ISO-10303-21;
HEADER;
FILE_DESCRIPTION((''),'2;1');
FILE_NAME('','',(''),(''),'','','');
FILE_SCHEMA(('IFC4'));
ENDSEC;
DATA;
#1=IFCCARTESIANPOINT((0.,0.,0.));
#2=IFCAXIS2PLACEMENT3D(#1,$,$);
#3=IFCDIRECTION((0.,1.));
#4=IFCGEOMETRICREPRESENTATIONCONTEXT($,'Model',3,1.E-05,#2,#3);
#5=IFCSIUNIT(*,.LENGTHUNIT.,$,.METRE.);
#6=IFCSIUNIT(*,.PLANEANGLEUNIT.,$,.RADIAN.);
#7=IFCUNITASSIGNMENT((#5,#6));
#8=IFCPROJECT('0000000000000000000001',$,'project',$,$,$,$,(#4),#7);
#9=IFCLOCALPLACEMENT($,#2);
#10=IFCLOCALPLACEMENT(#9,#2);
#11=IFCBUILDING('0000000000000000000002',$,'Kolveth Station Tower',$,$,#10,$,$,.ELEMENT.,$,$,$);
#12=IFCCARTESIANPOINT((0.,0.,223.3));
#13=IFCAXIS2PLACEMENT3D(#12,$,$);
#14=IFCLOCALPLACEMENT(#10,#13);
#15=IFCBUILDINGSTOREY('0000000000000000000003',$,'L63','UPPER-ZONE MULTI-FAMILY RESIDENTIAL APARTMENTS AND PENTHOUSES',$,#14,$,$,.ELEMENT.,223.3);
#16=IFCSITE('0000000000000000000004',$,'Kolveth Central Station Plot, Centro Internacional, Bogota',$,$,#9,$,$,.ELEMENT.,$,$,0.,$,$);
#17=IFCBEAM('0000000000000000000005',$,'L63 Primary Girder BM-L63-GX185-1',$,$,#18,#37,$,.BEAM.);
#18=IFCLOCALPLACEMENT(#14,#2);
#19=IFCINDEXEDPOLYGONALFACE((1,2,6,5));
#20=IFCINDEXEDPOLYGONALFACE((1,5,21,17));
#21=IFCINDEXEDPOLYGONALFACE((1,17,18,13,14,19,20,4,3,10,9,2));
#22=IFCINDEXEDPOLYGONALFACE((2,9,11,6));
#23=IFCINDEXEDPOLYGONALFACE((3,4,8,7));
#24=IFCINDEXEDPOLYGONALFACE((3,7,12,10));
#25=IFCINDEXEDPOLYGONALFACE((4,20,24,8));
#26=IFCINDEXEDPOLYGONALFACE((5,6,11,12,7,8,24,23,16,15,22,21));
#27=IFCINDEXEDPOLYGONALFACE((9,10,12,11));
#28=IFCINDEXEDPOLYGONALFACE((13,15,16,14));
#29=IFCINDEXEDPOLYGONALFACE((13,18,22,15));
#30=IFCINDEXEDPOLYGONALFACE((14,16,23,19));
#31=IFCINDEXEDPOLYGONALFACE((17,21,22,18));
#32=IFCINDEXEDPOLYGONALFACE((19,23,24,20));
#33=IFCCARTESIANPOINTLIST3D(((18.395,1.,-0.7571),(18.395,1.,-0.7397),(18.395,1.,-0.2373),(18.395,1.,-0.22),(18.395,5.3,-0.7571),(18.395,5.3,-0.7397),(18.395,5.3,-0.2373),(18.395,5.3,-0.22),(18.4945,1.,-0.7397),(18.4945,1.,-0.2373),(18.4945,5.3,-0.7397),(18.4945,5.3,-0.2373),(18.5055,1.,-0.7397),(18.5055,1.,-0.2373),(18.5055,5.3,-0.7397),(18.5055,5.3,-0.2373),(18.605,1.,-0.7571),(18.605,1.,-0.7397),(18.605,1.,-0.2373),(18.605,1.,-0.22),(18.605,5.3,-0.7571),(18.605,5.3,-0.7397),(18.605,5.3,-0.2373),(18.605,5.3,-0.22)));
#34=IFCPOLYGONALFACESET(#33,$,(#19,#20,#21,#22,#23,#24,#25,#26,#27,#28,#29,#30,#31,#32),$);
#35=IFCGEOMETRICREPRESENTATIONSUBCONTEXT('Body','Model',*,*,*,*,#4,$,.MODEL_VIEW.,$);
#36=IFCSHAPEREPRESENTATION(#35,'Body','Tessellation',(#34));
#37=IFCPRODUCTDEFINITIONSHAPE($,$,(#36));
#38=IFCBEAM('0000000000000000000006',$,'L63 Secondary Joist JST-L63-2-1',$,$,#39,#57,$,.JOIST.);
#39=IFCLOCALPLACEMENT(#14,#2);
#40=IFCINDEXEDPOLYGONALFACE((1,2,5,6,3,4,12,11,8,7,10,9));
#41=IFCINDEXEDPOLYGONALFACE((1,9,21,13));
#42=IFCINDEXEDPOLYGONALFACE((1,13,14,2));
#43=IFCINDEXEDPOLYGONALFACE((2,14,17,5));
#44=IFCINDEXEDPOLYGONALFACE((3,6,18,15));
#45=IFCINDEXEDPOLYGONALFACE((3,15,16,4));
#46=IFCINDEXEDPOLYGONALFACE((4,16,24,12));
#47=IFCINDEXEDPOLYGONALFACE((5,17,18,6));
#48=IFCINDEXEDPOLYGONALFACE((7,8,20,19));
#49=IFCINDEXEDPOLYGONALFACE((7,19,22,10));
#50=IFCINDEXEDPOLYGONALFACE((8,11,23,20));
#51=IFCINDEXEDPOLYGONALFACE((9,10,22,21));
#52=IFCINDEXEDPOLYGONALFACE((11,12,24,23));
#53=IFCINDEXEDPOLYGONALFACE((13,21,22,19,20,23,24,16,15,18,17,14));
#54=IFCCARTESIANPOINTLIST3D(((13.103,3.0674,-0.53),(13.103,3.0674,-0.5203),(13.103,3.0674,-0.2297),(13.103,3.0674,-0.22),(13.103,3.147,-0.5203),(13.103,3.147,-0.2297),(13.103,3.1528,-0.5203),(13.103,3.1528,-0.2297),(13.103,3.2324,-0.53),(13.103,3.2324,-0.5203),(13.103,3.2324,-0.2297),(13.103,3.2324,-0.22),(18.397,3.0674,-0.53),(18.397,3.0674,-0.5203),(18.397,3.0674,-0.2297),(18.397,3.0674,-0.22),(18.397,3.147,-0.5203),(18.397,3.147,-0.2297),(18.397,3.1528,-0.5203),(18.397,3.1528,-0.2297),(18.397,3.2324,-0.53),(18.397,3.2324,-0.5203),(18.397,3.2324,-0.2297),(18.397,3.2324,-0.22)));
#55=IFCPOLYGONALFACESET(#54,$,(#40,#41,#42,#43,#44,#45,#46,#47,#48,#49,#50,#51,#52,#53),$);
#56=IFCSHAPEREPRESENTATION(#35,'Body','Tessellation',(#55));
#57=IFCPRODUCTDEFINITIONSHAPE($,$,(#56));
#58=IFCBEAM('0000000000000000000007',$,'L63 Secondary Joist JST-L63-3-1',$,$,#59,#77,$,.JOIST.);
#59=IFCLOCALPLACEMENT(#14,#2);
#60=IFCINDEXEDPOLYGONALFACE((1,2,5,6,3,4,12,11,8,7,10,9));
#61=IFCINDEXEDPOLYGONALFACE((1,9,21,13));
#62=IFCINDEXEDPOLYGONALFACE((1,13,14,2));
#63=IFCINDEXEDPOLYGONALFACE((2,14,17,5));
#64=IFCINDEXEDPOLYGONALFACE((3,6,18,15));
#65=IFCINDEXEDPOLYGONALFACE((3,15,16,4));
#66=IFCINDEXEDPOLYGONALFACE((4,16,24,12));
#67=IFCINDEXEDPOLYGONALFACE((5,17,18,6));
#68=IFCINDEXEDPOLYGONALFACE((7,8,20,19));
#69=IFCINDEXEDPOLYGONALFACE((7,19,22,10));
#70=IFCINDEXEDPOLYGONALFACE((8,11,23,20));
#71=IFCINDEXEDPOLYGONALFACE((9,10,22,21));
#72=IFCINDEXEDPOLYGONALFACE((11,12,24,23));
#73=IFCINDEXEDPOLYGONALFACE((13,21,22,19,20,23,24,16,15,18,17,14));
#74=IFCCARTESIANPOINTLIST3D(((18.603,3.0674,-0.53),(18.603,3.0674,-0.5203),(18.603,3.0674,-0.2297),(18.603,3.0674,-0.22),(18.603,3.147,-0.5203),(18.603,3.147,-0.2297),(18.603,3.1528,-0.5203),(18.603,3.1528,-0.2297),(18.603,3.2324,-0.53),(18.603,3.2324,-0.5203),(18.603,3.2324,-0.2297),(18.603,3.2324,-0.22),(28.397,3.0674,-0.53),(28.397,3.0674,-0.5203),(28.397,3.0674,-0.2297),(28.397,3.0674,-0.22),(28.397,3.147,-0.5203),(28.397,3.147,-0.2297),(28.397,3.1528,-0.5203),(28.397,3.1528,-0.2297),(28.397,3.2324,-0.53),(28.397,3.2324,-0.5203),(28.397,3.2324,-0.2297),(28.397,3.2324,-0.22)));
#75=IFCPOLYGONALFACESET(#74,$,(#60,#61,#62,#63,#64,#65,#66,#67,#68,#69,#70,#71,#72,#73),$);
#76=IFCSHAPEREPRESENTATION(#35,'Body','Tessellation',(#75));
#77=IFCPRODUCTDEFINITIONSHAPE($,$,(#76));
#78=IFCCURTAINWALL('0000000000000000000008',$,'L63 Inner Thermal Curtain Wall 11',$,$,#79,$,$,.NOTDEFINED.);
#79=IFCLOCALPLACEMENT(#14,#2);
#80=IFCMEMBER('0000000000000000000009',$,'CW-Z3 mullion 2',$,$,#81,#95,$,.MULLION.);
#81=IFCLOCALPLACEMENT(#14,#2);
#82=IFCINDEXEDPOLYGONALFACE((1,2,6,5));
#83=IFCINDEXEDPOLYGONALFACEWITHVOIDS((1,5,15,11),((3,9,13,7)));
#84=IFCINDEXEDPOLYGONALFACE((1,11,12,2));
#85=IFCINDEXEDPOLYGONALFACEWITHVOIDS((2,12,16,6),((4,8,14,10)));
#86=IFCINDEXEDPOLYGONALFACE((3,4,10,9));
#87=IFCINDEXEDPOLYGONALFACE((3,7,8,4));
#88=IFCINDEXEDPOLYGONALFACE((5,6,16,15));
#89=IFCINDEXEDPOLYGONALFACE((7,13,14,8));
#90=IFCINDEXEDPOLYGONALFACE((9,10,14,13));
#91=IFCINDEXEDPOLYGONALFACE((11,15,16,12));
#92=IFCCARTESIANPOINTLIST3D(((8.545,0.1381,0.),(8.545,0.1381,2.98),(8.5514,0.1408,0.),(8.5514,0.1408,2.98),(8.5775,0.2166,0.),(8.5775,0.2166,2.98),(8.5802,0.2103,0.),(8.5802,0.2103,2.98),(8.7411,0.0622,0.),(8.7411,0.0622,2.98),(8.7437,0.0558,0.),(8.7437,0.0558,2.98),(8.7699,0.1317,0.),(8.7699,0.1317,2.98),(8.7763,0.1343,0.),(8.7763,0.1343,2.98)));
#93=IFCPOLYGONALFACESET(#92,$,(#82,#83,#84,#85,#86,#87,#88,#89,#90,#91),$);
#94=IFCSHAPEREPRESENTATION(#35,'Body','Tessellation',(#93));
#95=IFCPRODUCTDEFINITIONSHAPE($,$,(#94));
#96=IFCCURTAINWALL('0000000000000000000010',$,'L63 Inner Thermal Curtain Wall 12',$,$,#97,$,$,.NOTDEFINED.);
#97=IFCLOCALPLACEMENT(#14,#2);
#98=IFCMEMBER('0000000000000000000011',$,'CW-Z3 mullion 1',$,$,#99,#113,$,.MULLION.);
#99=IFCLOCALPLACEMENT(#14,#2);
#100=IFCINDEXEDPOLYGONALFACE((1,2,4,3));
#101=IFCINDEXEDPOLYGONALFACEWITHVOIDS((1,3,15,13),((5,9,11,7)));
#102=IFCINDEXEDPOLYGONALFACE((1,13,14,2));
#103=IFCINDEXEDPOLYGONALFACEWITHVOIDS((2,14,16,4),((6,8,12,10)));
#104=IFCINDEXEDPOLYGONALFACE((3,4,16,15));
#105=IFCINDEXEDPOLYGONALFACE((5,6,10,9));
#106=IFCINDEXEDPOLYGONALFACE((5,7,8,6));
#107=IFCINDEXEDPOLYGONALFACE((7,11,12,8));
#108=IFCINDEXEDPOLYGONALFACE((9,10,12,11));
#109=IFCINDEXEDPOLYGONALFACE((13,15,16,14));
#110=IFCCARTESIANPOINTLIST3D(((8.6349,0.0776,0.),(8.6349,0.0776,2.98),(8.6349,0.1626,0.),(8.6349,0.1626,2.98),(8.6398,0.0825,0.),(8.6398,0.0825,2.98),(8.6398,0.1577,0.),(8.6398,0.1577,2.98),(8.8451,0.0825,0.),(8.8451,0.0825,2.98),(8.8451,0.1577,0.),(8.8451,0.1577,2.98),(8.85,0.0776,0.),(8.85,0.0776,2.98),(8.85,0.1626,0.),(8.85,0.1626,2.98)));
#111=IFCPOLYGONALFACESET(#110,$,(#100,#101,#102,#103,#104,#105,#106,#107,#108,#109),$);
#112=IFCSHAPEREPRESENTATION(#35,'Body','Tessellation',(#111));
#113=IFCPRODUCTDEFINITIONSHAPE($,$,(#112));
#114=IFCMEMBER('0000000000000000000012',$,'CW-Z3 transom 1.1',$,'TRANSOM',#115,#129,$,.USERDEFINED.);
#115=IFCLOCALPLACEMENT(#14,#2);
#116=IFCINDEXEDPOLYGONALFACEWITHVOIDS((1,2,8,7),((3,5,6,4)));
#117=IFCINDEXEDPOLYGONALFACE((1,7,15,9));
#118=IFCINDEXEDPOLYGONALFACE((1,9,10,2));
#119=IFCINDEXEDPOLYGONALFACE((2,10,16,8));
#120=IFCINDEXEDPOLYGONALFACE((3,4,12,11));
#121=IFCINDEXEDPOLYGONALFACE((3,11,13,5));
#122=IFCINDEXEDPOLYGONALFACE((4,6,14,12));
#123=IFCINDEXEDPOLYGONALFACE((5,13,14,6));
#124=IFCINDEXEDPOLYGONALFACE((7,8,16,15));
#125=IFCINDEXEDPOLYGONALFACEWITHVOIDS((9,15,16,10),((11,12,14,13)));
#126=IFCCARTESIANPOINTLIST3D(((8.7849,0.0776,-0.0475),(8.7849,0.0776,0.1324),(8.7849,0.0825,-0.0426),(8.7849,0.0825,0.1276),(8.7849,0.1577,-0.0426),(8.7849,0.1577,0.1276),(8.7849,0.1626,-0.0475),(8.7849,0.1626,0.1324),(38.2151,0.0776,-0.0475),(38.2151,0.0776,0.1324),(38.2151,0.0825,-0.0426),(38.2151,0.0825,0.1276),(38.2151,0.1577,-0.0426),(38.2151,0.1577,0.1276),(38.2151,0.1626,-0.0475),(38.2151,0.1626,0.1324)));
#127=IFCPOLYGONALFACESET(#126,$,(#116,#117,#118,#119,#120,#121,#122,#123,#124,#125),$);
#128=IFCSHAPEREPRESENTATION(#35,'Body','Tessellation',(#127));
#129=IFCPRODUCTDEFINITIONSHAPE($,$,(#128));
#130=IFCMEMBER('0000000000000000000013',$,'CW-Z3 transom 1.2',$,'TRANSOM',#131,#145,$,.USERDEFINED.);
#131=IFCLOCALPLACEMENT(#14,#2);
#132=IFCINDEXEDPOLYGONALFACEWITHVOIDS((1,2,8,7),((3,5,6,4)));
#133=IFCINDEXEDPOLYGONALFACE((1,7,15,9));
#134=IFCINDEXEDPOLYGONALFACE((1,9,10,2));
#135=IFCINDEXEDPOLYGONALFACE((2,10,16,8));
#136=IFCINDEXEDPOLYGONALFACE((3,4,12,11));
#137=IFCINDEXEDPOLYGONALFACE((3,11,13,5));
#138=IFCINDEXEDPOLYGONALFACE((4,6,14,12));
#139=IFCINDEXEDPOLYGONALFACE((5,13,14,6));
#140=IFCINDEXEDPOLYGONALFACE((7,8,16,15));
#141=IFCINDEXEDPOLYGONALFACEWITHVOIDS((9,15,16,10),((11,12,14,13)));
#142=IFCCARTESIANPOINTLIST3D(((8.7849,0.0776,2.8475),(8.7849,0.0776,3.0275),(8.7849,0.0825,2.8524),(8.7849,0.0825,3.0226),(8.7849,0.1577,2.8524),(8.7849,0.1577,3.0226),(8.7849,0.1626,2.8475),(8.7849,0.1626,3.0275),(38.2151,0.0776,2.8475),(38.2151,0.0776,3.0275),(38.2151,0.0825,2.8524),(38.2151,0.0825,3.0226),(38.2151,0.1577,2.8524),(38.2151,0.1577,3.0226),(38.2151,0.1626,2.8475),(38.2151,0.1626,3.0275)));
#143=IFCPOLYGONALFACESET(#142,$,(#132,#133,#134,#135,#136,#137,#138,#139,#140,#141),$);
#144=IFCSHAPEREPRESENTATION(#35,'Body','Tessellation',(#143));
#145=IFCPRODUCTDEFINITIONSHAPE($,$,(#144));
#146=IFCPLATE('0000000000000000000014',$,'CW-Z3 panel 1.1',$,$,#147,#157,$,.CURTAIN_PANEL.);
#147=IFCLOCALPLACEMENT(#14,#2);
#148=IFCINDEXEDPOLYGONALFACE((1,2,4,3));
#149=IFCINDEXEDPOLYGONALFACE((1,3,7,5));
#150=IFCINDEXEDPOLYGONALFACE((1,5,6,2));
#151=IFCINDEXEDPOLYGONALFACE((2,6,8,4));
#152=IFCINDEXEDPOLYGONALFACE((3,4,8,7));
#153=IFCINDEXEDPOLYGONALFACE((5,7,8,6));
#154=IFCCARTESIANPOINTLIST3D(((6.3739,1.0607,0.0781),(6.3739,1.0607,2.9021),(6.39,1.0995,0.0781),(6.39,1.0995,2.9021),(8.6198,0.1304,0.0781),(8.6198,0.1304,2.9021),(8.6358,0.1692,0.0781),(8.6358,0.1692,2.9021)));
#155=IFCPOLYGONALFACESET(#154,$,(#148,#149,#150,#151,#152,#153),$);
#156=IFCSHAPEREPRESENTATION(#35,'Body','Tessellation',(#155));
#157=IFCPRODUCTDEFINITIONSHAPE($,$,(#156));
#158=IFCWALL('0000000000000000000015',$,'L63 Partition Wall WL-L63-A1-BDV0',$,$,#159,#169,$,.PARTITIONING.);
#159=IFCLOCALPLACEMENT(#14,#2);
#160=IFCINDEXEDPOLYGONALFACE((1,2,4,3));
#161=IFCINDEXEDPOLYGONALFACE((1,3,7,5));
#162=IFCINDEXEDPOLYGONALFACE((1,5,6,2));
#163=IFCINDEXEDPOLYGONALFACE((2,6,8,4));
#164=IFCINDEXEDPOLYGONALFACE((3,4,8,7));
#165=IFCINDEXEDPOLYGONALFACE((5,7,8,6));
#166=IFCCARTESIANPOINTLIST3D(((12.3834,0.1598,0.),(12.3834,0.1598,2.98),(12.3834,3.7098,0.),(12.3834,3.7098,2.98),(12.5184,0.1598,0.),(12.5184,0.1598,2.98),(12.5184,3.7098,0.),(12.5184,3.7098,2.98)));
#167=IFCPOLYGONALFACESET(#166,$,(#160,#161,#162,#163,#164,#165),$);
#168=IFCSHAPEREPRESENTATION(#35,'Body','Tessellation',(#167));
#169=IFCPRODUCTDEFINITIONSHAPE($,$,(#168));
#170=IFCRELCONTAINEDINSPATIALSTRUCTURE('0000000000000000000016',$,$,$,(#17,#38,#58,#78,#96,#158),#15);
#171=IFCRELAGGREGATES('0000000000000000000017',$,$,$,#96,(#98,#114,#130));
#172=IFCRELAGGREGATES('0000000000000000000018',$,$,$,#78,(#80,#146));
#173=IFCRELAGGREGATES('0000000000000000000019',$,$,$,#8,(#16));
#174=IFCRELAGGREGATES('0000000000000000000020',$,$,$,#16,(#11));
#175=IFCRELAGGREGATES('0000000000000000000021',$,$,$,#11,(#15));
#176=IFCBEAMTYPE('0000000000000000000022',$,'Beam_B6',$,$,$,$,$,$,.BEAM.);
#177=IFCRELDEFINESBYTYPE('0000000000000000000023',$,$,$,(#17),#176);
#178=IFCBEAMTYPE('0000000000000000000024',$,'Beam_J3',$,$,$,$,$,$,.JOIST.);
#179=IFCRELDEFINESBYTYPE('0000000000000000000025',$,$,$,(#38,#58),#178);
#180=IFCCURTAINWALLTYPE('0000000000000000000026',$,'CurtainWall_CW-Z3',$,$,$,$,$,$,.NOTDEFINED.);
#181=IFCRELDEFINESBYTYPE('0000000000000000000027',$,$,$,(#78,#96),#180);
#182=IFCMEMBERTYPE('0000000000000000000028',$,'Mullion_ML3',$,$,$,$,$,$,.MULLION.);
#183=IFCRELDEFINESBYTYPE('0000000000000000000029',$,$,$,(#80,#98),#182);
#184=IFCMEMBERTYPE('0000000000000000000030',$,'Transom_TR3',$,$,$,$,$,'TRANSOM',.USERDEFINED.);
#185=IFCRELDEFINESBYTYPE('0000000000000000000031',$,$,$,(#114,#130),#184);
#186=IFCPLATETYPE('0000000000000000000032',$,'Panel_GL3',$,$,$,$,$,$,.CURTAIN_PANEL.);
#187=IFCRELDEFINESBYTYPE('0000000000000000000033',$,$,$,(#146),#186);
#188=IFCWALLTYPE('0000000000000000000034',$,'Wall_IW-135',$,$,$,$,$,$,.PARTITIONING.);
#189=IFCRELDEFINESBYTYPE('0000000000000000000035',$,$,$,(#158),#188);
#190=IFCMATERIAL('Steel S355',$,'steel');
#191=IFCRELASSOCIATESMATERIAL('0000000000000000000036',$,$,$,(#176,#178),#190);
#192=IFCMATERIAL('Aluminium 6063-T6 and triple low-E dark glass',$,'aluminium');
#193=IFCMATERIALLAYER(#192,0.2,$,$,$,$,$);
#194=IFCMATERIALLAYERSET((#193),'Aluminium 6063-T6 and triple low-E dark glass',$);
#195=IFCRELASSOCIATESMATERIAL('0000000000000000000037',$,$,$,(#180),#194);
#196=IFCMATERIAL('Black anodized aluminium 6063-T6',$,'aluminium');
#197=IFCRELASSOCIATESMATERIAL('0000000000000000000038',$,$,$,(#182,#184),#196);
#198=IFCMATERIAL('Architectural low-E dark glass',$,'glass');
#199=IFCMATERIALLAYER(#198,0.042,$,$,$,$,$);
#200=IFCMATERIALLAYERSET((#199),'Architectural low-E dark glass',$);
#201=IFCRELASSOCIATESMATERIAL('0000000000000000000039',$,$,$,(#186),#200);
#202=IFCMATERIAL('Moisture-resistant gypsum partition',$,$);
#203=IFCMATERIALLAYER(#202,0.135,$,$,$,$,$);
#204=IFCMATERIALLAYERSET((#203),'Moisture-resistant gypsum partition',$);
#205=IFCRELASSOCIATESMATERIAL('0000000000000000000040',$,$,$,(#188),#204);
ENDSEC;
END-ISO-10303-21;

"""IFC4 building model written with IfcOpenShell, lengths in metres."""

from ifc_helpers import new_model, si_unit, direction, frame, frame_2d, origin, origin_2d, place, context, subcontext, project, spatial, rectangle, hollow_rectangle, i_section, extrude, source, transform, mapped, material, layer, layer_set, material_profile, profile_set, type_object, element, aggregate, save


model = new_model("IFC4")

# Units and contexts
model_context = context("Model", 3, precision=1e-05, world=origin(), true_north=direction((0.0, 1.0)))
body_context = subcontext(model_context, "Body", "Model", "MODEL_VIEW")
ifc_project = project(units=[si_unit("LENGTHUNIT", "METRE"), si_unit("PLANEANGLEUNIT", "RADIAN")], contexts=[model_context])

# Site, building, storey
site_placement = place(None, origin())
site = spatial("IfcSite", under=ifc_project, at=site_placement, Name="Kolveth Central Station Plot, Centro Internacional, Bogota", CompositionType="ELEMENT", RefElevation=0.0)
building_placement = place(site_placement, origin())
building = spatial("IfcBuilding", under=site, at=building_placement, Name="Kolveth Station Tower", CompositionType="ELEMENT")
storey_placement = place(building_placement, frame((0.0, 0.0, 223.3)))
storey = spatial("IfcBuildingStorey", under=building, at=storey_placement, Name="L63", Description="UPPER-ZONE MULTI-FAMILY RESIDENTIAL APARTMENTS AND PENTHOUSES", CompositionType="ELEMENT", Elevation=223.3)

# Shared definitions
ifc_material_1 = material(Name="Steel S355", Category="steel")

# Beams
ifc_material_profile_1 = material_profile(ifc_material_1, i_section(OverallWidth=0.21, OverallDepth=0.5371, WebThickness=0.011, FlangeThickness=0.0173, at=origin_2d()), Name="W530x101")
ifc_profile_set_1 = profile_set([ifc_material_profile_1], Name="Steel S355")
beam_type_1 = type_object("IfcBeamType", Name="Beam_B6", PredefinedType="BEAM", material=ifc_profile_set_1)
shared_shape_1 = source(origin(), body_context, "Body", "SweptSolid", [
    extrude(i_section(OverallWidth=0.21, OverallDepth=0.5371, WebThickness=0.011, FlangeThickness=0.0173, at=origin_2d()), origin(), (0.0, 0.0, 1.0), 4.3),
])
for number, where, z_axis, x_axis, name in (
    (1, (18.5, 1.0, -0.4885), (0.0, 1.0, 0.0), (-1.0, 0.0, 0.0), "L63 Primary Girder BM-L63-GX185-1"),
):
    element("IfcBeam", number, at=place(storey_placement, frame(where, z_axis=z_axis, x_axis=x_axis)), inside=storey, type_object=beam_type_1, Name=name, PredefinedType="BEAM", context=body_context, shape_type="MappedRepresentation", body=[
        mapped(shared_shape_1, transform((0.0, 0.0, 0.0), x_axis=(1.0, 0.0, 0.0), y_axis=(0.0, 1.0, 0.0), z_axis=(0.0, 0.0, 1.0), scale=1.0)),
    ])
ifc_material_profile_2 = material_profile(ifc_material_1, i_section(OverallWidth=0.165, OverallDepth=0.3101, WebThickness=0.0059, FlangeThickness=0.0098, at=origin_2d()), Name="W310x39")
ifc_profile_set_2 = profile_set([ifc_material_profile_2], Name="Steel S355")
beam_type_2 = type_object("IfcBeamType", Name="Beam_J3", PredefinedType="JOIST", material=ifc_profile_set_2)
shared_shape_2 = source(origin(), body_context, "Body", "SweptSolid", [
    extrude(i_section(OverallWidth=0.165, OverallDepth=0.3101, WebThickness=0.0059, FlangeThickness=0.0098, at=origin_2d()), origin(), (0.0, 0.0, 1.0), 5.2939),
])
beam_1_placement = place(storey_placement, frame((13.103, 3.1499, -0.375), z_axis=(1.0, 0.0, 0.0), x_axis=(0.0, 1.0, 0.0)))
element("IfcBeam", 2, at=beam_1_placement, inside=storey, type_object=beam_type_2, Name="L63 Secondary Joist JST-L63-2-1", PredefinedType="JOIST", context=body_context, shape_type="MappedRepresentation", body=[
    mapped(shared_shape_2, transform((0.0, 0.0, 0.0), x_axis=(1.0, 0.0, 0.0), y_axis=(0.0, 1.0, 0.0), z_axis=(0.0, 0.0, 1.0), scale=1.0)),
])
shared_shape_3 = source(origin(), body_context, "Body", "SweptSolid", [
    extrude(i_section(OverallWidth=0.165, OverallDepth=0.3101, WebThickness=0.0059, FlangeThickness=0.0098, at=origin_2d()), origin(), (0.0, 0.0, 1.0), 9.7939),
])
beam_2_placement = place(storey_placement, frame((18.603, 3.1499, -0.375), z_axis=(1.0, 0.0, 0.0), x_axis=(0.0, 1.0, 0.0)))
element("IfcBeam", 3, at=beam_2_placement, inside=storey, type_object=beam_type_2, Name="L63 Secondary Joist JST-L63-3-1", PredefinedType="JOIST", context=body_context, shape_type="MappedRepresentation", body=[
    mapped(shared_shape_3, transform((0.0, 0.0, 0.0), x_axis=(1.0, 0.0, 0.0), y_axis=(0.0, 1.0, 0.0), z_axis=(0.0, 0.0, 1.0), scale=1.0)),
])

# Curtain wall, member
ifc_material_2 = material(Name="Aluminium 6063-T6 and triple low-E dark glass", Category="aluminium")
ifc_layer_1 = layer(ifc_material_2, 0.2)
ifc_layer_set_1 = layer_set([ifc_layer_1], Name="Aluminium 6063-T6 and triple low-E dark glass")
curtain_wall_type = type_object("IfcCurtainWallType", Name="CurtainWall_CW-Z3", PredefinedType="NOTDEFINED", material=ifc_layer_set_1)
curtain_wall_1_placement = place(storey_placement, origin())
curtain_wall_1 = element("IfcCurtainWall", 4, at=curtain_wall_1_placement, inside=storey, type_object=curtain_wall_type, Name="L63 Inner Thermal Curtain Wall 11", PredefinedType="NOTDEFINED")
ifc_material_3 = material(Name="Black anodized aluminium 6063-T6", Category="aluminium")
ifc_material_profile_3 = material_profile(ifc_material_3, hollow_rectangle(XDim=0.085, YDim=0.2151, WallThickness=0.0049, at=origin_2d()), Name="ALU-85x215x5")
ifc_profile_set_3 = profile_set([ifc_material_profile_3], Name="Black anodized aluminium 6063-T6")
member_type_1 = type_object("IfcMemberType", Name="Mullion_ML3", PredefinedType="MULLION", material=ifc_profile_set_3)
shared_shape_4 = source(origin(), body_context, "Body", "SweptSolid", [
    extrude(hollow_rectangle(XDim=0.085, YDim=0.2151, WallThickness=0.0049, at=origin_2d()), origin(), (0.0, 0.0, 1.0), 2.98),
])
member_1_placement = place(storey_placement, frame((8.6606, 0.1362, 0.0), z_axis=(0.0, 0.0, 1.0), x_axis=(0.382693, 0.923875, 0.0)))
member_1 = element("IfcMember", 5, at=member_1_placement, type_object=member_type_1, Name="CW-Z3 mullion 2", PredefinedType="MULLION", context=body_context, shape_type="MappedRepresentation", body=[
    mapped(shared_shape_4, transform((0.0, 0.0, 0.0), x_axis=(1.0, 0.0, 0.0), y_axis=(0.0, 1.0, 0.0), z_axis=(0.0, 0.0, 1.0), scale=1.0)),
])

# Curtain wall, members
curtain_wall_2_placement = place(storey_placement, origin())
curtain_wall_2 = element("IfcCurtainWall", 6, at=curtain_wall_2_placement, inside=storey, type_object=curtain_wall_type, Name="L63 Inner Thermal Curtain Wall 12", PredefinedType="NOTDEFINED")
member_2_placement = place(storey_placement, frame((8.7424, 0.1201, 0.0), z_axis=(0.0, 0.0, 1.0), x_axis=(0.0, 1.0, 0.0)))
member_2 = element("IfcMember", 7, at=member_2_placement, type_object=member_type_1, Name="CW-Z3 mullion 1", PredefinedType="MULLION", context=body_context, shape_type="MappedRepresentation", body=[
    mapped(shared_shape_4, transform((0.0, 0.0, 0.0), x_axis=(1.0, 0.0, 0.0), y_axis=(0.0, 1.0, 0.0), z_axis=(0.0, 0.0, 1.0), scale=1.0)),
])
ifc_material_profile_4 = material_profile(ifc_material_3, hollow_rectangle(XDim=0.085, YDim=0.1799, WallThickness=0.0049, at=origin_2d()), Name="ALU-85x180x5")
ifc_profile_set_4 = profile_set([ifc_material_profile_4], Name="Black anodized aluminium 6063-T6")
member_type_2 = type_object("IfcMemberType", Name="Transom_TR3", ElementType="TRANSOM", PredefinedType="USERDEFINED", material=ifc_profile_set_4)
shared_shape_5 = source(origin(), body_context, "Body", "SweptSolid", [
    extrude(hollow_rectangle(XDim=0.085, YDim=0.1799, WallThickness=0.0049, at=origin_2d()), origin(), (0.0, 0.0, 1.0), 29.4302),
])
member_3_placement = place(storey_placement, frame((8.7849, 0.1201, 0.0425), z_axis=(1.0, 0.0, 0.0), x_axis=(0.0, 1.0, 0.0)))
member_3 = element("IfcMember", 8, at=member_3_placement, type_object=member_type_2, Name="CW-Z3 transom 1.1", ObjectType="TRANSOM", PredefinedType="USERDEFINED", context=body_context, shape_type="MappedRepresentation", body=[
    mapped(shared_shape_5, transform((0.0, 0.0, 0.0), x_axis=(1.0, 0.0, 0.0), y_axis=(0.0, 1.0, 0.0), z_axis=(0.0, 0.0, 1.0), scale=1.0)),
])
member_4_placement = place(storey_placement, frame((8.7849, 0.1201, 2.9375), z_axis=(1.0, 0.0, 0.0), x_axis=(0.0, 1.0, 0.0)))
member_4 = element("IfcMember", 9, at=member_4_placement, type_object=member_type_2, Name="CW-Z3 transom 1.2", ObjectType="TRANSOM", PredefinedType="USERDEFINED", context=body_context, shape_type="MappedRepresentation", body=[
    mapped(shared_shape_5, transform((0.0, 0.0, 0.0), x_axis=(1.0, 0.0, 0.0), y_axis=(0.0, 1.0, 0.0), z_axis=(0.0, 0.0, 1.0), scale=1.0)),
])
aggregate(curtain_wall_2, [member_2, member_3, member_4])

# Plate
ifc_material_4 = material(Name="Architectural low-E dark glass", Category="glass")
ifc_layer_2 = layer(ifc_material_4, 0.042)
ifc_layer_set_2 = layer_set([ifc_layer_2], Name="Architectural low-E dark glass")
plate_type = type_object("IfcPlateType", Name="Panel_GL3", PredefinedType="CURTAIN_PANEL", material=ifc_layer_set_2)
shared_shape_6 = source(origin(), body_context, "Body", "SweptSolid", [
    extrude(rectangle(XDim=2.4309, YDim=0.042, at=origin_2d()), origin(), (0.0, 0.0, 1.0), 2.824),
])
plate_placement = place(storey_placement, frame((7.5049, 0.615, 0.0781), z_axis=(0.0, 0.0, 1.0), x_axis=(0.923875, -0.382693, 0.0)))
plate = element("IfcPlate", 10, at=plate_placement, type_object=plate_type, Name="CW-Z3 panel 1.1", PredefinedType="CURTAIN_PANEL", context=body_context, shape_type="MappedRepresentation", body=[
    mapped(shared_shape_6, transform((0.0, 0.0, 0.0), x_axis=(1.0, 0.0, 0.0), y_axis=(0.0, 1.0, 0.0), z_axis=(0.0, 0.0, 1.0), scale=1.0)),
])
aggregate(curtain_wall_1, [member_1, plate])

# Wall
ifc_material_5 = material(Name="Moisture-resistant gypsum partition")
ifc_layer_3 = layer(ifc_material_5, 0.135)
ifc_layer_set_3 = layer_set([ifc_layer_3], Name="Moisture-resistant gypsum partition")
wall_type_1 = type_object("IfcWallType", Name="Wall_IW-135", PredefinedType="PARTITIONING", material=ifc_layer_set_3)
wall_1_placement = place(storey_placement, frame((12.4509, 0.1599, 0.0), z_axis=(0.0, 0.0, 1.0), x_axis=(0.0, 1.0, 0.0)))
element("IfcWall", 11, at=wall_1_placement, inside=storey, type_object=wall_type_1, Name="L63 Partition Wall WL-L63-A1-BDV0", PredefinedType="PARTITIONING", context=body_context, shape_type="SweptSolid", body=[
    extrude(rectangle(XDim=3.55, YDim=0.135, at=frame_2d((1.7749, 0.0))), origin(), (0.0, 0.0, 1.0), 2.98),
])

save(model, "model.ifc")
